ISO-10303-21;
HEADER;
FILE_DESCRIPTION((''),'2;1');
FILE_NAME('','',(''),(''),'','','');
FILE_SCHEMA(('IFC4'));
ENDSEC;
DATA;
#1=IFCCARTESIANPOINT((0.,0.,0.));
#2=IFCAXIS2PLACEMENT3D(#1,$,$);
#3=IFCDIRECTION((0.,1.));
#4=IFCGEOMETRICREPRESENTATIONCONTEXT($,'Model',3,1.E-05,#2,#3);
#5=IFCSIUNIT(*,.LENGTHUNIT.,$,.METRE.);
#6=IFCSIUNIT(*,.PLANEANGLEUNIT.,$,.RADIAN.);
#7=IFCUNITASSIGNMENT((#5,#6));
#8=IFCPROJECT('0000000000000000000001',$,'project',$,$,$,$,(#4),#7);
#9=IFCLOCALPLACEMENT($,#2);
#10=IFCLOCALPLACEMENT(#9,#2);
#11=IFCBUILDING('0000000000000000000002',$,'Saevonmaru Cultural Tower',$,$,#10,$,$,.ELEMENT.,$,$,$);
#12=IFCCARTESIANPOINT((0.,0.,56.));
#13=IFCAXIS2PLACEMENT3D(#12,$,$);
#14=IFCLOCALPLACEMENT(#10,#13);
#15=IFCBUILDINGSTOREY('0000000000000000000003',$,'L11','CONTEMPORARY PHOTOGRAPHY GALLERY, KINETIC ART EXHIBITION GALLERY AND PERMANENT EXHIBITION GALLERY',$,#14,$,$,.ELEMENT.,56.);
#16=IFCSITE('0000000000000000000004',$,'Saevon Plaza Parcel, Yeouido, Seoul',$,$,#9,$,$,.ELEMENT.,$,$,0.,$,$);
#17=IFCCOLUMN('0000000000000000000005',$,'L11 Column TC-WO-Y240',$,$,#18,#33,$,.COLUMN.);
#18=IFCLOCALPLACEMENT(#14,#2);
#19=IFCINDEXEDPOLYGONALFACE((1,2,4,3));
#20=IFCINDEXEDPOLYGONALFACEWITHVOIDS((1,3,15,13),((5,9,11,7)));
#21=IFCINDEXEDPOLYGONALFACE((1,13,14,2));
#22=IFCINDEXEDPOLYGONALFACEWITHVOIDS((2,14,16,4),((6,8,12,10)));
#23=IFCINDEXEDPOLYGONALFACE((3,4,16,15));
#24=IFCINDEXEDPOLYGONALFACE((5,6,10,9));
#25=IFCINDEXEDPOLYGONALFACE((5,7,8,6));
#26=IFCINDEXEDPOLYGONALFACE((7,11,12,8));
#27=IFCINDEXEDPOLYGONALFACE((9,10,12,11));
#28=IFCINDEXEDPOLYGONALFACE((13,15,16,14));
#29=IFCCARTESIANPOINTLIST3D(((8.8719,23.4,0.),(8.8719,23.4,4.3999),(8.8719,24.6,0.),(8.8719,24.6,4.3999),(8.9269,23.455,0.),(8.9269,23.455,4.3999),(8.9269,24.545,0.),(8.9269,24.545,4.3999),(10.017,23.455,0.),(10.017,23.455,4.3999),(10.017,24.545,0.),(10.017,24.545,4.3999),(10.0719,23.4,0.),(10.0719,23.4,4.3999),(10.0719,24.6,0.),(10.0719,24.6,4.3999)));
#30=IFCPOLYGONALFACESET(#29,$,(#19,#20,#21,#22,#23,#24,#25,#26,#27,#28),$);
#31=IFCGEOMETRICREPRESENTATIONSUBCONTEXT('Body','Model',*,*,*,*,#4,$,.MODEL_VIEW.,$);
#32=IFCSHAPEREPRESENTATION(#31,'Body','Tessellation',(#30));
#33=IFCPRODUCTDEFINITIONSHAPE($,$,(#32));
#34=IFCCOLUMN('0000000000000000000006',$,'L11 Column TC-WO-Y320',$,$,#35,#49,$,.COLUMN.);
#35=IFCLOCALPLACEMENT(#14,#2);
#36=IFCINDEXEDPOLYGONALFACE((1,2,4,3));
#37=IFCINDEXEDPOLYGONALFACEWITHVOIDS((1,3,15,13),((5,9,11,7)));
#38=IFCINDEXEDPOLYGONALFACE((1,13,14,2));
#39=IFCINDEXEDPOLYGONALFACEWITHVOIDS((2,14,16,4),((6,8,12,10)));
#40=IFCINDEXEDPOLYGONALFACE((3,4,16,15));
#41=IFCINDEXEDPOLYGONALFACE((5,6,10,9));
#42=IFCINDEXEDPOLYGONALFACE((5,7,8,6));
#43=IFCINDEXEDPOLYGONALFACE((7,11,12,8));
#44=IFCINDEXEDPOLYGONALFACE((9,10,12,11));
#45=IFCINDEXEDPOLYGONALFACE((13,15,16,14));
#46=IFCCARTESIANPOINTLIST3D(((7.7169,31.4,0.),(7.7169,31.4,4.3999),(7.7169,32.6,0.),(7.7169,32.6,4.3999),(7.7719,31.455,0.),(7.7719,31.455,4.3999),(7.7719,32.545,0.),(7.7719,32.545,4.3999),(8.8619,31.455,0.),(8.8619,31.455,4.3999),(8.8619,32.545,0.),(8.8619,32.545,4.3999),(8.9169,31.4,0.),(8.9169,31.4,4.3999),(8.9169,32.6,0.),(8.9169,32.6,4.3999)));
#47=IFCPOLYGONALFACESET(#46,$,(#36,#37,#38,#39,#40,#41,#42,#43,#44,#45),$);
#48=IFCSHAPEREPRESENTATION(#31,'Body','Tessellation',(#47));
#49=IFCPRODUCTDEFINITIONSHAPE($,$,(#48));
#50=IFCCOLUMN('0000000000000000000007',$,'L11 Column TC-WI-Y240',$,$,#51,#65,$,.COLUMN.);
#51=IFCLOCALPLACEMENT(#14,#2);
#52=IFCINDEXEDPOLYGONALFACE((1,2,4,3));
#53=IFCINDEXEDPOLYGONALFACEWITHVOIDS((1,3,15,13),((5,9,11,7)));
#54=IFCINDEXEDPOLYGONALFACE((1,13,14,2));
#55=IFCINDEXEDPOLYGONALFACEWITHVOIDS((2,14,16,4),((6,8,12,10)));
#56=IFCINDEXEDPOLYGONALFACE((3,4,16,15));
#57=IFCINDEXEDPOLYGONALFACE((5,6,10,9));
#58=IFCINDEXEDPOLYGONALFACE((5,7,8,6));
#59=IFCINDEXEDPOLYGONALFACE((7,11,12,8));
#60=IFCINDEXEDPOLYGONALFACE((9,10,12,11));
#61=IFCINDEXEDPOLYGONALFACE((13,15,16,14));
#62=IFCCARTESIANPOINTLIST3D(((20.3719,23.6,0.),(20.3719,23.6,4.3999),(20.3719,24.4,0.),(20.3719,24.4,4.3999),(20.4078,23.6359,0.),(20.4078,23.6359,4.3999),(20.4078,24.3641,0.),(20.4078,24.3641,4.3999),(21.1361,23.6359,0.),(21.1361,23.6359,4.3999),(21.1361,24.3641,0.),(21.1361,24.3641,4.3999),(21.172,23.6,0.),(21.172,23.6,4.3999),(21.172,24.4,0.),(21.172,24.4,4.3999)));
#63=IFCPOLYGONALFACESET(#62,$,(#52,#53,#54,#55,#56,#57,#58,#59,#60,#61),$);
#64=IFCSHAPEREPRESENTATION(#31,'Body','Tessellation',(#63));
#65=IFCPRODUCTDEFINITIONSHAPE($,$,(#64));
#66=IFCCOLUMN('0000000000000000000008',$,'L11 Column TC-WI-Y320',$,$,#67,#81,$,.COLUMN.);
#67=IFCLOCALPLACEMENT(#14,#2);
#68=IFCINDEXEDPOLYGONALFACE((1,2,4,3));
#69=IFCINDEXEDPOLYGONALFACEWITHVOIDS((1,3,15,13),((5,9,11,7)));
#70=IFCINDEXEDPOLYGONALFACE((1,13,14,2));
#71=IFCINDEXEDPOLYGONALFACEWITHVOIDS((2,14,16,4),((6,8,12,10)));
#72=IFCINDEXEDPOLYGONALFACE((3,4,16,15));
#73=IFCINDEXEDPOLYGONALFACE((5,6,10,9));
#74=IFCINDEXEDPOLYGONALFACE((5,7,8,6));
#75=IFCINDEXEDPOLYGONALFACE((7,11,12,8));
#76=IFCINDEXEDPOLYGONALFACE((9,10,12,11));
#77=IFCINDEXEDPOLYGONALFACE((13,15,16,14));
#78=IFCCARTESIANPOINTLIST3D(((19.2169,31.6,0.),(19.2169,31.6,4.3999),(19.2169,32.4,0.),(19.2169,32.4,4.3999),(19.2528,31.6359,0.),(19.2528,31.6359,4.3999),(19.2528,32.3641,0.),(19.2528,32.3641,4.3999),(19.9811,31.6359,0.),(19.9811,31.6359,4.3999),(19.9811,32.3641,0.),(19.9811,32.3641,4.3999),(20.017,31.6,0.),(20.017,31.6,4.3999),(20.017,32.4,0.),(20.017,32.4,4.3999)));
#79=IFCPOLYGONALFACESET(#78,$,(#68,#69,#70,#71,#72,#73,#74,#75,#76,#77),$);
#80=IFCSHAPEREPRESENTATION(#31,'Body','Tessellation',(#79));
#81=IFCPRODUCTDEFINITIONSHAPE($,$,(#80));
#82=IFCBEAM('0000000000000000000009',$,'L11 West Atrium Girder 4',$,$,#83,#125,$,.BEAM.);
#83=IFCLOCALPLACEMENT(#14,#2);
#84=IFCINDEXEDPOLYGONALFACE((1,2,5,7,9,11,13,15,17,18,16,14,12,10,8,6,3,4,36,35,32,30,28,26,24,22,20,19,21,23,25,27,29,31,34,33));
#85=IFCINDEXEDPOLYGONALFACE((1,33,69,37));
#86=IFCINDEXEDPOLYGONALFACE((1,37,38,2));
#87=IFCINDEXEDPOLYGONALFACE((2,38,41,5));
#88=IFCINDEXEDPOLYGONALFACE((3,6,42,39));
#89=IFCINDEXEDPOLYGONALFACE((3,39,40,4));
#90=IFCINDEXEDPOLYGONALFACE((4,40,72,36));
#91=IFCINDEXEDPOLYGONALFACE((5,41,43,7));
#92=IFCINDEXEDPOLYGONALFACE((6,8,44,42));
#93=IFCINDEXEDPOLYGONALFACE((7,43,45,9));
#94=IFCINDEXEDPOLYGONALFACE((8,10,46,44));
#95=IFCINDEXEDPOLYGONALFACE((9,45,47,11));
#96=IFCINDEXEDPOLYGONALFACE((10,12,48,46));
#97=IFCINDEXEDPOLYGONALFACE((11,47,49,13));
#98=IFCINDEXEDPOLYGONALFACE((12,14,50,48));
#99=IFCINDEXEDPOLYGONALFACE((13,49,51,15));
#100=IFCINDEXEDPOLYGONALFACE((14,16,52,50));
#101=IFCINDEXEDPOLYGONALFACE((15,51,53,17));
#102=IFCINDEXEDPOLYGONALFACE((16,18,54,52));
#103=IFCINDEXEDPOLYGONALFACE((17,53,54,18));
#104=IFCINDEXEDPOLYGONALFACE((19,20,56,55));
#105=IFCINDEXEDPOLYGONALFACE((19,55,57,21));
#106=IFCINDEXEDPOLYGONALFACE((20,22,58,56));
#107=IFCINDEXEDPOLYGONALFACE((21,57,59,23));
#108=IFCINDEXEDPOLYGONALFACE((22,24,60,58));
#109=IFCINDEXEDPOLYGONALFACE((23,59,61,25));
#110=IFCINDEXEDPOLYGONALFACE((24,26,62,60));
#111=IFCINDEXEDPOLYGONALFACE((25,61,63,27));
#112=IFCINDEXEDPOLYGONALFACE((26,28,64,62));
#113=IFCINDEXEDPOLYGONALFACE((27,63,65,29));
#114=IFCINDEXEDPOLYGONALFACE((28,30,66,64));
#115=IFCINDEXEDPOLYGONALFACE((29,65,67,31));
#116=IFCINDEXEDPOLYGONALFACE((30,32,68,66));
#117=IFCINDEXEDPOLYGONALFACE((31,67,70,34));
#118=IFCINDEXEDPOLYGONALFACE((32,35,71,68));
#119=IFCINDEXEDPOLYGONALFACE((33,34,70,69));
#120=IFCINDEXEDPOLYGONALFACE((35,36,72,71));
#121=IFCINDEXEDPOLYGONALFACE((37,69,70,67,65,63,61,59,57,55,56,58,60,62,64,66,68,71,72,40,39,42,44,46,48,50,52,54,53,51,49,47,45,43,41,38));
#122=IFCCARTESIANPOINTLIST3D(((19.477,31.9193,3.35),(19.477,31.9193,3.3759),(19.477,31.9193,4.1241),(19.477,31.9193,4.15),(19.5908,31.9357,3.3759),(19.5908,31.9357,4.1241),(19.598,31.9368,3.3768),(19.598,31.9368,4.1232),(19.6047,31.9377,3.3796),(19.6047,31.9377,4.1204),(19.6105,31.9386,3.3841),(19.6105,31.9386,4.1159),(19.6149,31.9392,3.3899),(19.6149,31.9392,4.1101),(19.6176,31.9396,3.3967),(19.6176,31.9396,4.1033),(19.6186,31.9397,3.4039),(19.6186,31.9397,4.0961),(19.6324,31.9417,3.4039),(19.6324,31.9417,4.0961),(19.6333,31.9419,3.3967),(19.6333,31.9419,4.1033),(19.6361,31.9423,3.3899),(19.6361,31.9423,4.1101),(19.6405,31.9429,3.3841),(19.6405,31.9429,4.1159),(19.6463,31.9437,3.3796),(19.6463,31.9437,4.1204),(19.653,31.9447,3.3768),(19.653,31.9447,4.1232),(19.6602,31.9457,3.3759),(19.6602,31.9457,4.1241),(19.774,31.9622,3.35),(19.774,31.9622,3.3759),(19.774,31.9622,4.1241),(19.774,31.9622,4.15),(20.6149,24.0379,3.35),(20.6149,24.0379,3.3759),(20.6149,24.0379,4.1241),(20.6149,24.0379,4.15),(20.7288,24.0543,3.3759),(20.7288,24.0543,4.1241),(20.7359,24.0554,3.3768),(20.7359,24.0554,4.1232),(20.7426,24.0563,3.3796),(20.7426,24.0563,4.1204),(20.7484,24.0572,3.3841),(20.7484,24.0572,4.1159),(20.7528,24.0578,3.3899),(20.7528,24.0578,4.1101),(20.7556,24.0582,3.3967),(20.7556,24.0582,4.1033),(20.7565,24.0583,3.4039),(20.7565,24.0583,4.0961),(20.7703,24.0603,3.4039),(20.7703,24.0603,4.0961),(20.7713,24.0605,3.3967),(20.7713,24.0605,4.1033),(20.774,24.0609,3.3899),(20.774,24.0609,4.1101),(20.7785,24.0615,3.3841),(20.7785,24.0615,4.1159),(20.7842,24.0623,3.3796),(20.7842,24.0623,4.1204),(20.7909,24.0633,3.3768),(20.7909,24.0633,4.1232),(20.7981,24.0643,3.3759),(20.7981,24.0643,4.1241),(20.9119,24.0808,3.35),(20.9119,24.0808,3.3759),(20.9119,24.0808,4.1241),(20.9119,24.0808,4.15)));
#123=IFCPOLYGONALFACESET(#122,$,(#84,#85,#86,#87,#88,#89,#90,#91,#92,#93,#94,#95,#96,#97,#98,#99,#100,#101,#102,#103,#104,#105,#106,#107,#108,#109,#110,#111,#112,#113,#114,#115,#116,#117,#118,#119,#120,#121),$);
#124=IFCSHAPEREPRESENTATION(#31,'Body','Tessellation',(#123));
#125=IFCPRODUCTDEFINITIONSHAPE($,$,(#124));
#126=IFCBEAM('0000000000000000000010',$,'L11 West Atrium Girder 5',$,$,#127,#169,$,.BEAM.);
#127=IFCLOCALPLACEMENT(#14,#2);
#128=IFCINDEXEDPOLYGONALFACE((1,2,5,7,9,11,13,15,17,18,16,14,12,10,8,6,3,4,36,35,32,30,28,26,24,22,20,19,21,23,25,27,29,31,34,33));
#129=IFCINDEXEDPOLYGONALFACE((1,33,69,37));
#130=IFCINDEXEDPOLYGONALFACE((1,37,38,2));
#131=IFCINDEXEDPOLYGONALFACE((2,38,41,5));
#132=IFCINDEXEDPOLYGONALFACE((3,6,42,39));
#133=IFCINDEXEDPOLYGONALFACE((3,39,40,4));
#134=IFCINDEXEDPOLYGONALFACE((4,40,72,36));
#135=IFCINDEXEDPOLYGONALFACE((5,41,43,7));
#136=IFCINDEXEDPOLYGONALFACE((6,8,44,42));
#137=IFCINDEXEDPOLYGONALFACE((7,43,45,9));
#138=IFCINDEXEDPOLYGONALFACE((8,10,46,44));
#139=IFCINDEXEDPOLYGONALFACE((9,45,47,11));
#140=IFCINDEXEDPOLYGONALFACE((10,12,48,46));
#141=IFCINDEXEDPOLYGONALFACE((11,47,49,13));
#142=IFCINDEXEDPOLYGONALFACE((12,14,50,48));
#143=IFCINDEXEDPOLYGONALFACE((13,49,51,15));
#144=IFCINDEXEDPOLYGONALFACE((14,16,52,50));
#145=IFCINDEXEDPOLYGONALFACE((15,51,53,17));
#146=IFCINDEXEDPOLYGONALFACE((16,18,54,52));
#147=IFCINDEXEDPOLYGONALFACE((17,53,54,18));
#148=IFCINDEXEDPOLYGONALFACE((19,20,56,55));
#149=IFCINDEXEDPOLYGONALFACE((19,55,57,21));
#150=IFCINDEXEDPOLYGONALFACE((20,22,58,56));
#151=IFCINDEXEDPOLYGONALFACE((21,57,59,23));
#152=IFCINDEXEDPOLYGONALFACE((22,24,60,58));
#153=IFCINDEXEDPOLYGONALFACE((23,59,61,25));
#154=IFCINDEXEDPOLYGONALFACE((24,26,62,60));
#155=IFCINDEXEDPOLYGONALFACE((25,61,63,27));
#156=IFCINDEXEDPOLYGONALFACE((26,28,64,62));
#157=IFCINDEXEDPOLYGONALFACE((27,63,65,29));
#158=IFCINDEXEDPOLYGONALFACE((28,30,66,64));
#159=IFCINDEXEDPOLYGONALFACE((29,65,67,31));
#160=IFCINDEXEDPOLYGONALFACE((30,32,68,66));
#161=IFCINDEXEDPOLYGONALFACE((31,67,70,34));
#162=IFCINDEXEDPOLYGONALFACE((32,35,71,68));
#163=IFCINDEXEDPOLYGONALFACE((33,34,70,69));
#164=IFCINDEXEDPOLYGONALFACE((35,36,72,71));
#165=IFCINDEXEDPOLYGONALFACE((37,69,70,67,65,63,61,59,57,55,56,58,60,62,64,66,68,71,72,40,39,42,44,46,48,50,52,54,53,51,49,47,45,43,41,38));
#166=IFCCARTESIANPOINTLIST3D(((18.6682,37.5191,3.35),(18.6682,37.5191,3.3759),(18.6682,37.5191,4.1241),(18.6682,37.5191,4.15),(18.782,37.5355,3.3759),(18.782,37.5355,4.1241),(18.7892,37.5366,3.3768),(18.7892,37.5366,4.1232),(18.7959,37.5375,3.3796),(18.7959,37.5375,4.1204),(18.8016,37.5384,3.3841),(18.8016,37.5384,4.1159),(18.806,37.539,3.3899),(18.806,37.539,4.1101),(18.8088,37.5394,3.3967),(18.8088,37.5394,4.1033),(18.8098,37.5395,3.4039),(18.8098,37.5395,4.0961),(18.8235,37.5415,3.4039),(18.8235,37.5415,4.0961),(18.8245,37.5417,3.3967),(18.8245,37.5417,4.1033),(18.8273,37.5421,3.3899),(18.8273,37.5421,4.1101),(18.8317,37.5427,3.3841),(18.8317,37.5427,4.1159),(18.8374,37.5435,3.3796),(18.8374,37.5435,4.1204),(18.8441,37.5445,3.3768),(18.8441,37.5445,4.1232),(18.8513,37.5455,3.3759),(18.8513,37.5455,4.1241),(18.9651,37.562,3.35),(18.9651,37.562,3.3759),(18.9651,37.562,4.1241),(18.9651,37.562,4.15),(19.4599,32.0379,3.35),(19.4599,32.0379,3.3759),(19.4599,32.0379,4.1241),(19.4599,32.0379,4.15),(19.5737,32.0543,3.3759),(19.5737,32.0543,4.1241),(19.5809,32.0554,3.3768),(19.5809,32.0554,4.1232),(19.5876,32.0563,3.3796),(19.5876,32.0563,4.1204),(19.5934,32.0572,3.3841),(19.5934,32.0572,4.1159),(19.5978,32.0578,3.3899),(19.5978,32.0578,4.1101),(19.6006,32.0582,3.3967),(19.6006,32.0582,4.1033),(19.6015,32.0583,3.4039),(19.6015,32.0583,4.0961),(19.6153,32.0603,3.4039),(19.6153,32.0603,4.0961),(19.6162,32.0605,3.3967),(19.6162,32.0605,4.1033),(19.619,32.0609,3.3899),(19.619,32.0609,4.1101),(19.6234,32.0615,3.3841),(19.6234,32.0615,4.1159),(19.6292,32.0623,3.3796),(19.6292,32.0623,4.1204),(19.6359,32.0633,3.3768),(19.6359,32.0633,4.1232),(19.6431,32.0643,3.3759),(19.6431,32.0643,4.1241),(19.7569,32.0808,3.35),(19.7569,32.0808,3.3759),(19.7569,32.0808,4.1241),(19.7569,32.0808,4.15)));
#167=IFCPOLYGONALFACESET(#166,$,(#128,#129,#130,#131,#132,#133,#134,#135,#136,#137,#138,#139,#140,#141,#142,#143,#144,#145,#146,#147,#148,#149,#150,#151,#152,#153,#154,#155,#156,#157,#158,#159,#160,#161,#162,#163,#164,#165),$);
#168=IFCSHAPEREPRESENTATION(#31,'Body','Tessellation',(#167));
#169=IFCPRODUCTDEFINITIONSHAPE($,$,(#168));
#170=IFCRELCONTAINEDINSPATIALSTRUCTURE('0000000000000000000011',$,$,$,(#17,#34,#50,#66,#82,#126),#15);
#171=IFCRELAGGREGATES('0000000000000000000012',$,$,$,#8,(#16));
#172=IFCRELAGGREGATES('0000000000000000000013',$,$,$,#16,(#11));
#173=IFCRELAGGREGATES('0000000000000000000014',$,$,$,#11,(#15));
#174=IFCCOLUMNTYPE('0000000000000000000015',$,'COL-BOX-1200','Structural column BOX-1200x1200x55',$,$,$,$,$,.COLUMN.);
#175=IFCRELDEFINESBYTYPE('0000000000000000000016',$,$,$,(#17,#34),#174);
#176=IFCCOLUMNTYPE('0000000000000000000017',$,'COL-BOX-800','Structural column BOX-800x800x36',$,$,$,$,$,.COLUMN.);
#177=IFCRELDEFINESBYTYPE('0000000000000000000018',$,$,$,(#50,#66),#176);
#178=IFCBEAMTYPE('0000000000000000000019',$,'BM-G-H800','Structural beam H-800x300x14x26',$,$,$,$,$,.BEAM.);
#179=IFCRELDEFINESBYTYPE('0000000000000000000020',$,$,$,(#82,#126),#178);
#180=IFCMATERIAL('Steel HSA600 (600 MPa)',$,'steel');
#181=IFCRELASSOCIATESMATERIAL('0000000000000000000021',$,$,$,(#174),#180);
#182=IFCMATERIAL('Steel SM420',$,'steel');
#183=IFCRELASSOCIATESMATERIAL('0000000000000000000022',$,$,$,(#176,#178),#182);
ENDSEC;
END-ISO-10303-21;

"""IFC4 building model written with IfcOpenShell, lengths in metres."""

from ifc_helpers import new_model, si_unit, direction, frame, origin, origin_2d, place, context, subcontext, project, spatial, hollow_rectangle, i_section, extrude, material, material_profile, profile_set, type_object, element, save


model = new_model("IFC4")

# Units and contexts
model_context = context("Model", 3, precision=1e-05, world=origin(), true_north=direction((0.0, 1.0)))
body_context = subcontext(model_context, "Body", "Model", "MODEL_VIEW")
ifc_project = project(units=[si_unit("LENGTHUNIT", "METRE"), si_unit("PLANEANGLEUNIT", "RADIAN")], contexts=[model_context])

# Site, building, storey
site_placement = place(None, origin())
site = spatial("IfcSite", under=ifc_project, at=site_placement, Name="Saevon Plaza Parcel, Yeouido, Seoul", CompositionType="ELEMENT", RefElevation=0.0)
building_placement = place(site_placement, origin())
building = spatial("IfcBuilding", under=site, at=building_placement, Name="Saevonmaru Cultural Tower", CompositionType="ELEMENT")
storey_placement = place(building_placement, frame((0.0, 0.0, 56.0)))
storey = spatial("IfcBuildingStorey", under=building, at=storey_placement, Name="L11", Description="CONTEMPORARY PHOTOGRAPHY GALLERY, KINETIC ART EXHIBITION GALLERY AND PERMANENT EXHIBITION GALLERY", CompositionType="ELEMENT", Elevation=56.0)

# Columns
ifc_material_1 = material(Name="Steel HSA600 (600 MPa)", Category="steel")
ifc_material_profile_1 = material_profile(ifc_material_1, hollow_rectangle(XDim=1.2, YDim=1.2, WallThickness=0.0549, at=origin_2d()), Name="BOX-1200x1200x55")
ifc_profile_set_1 = profile_set([ifc_material_profile_1], Name="Steel HSA600 (600 MPa)")
column_type_1 = type_object("IfcColumnType", Name="COL-BOX-1200", Description="Structural column BOX-1200x1200x55", PredefinedType="COLUMN", material=ifc_profile_set_1)
for number, where, z_axis, x_axis, name in (
    (1, (9.4719, 24.0, 0.0), (0.0, 0.0, 1.0), (1.0, 0.0, 0.0), "L11 Column TC-WO-Y240"),
    (2, (8.3169, 32.0, 0.0), (0.0, 0.0, 1.0), (1.0, 0.0, 0.0), "L11 Column TC-WO-Y320"),
):
    element("IfcColumn", number, at=place(storey_placement, frame(where, z_axis=z_axis, x_axis=x_axis)), inside=storey, type_object=column_type_1, Name=name, PredefinedType="COLUMN", context=body_context, shape_type="SweptSolid", body=[
        extrude(hollow_rectangle(XDim=1.2, YDim=1.2, WallThickness=0.0549, at=origin_2d()), origin(), (0.0, 0.0, 1.0), 4.3999),
    ])
ifc_material_2 = material(Name="Steel SM420", Category="steel")
ifc_material_profile_2 = material_profile(ifc_material_2, hollow_rectangle(XDim=0.8, YDim=0.8, WallThickness=0.0359, at=origin_2d()), Name="BOX-800x800x36")
ifc_profile_set_2 = profile_set([ifc_material_profile_2], Name="Steel SM420")
column_type_2 = type_object("IfcColumnType", Name="COL-BOX-800", Description="Structural column BOX-800x800x36", PredefinedType="COLUMN", material=ifc_profile_set_2)
for number, where, z_axis, x_axis, name in (
    (3, (20.772, 24.0, 0.0), (0.0, 0.0, 1.0), (1.0, 0.0, 0.0), "L11 Column TC-WI-Y240"),
    (4, (19.6169, 32.0, 0.0), (0.0, 0.0, 1.0), (1.0, 0.0, 0.0), "L11 Column TC-WI-Y320"),
):
    element("IfcColumn", number, at=place(storey_placement, frame(where, z_axis=z_axis, x_axis=x_axis)), inside=storey, type_object=column_type_2, Name=name, PredefinedType="COLUMN", context=body_context, shape_type="SweptSolid", body=[
        extrude(hollow_rectangle(XDim=0.8, YDim=0.8, WallThickness=0.0359, at=origin_2d()), origin(), (0.0, 0.0, 1.0), 4.3999),
    ])

# Beams
ifc_material_profile_3 = material_profile(ifc_material_2, i_section(OverallWidth=0.3, OverallDepth=0.8, WebThickness=0.0139, FlangeThickness=0.0259, FilletRadius=0.0281, at=origin_2d()), Name="H-800x300x14x26")
ifc_profile_set_3 = profile_set([ifc_material_profile_3], Name="Steel SM420")
beam_type_1 = type_object("IfcBeamType", Name="BM-G-H800", Description="Structural beam H-800x300x14x26", PredefinedType="BEAM", material=ifc_profile_set_3)
beam_1_placement = place(storey_placement, frame((20.7634, 24.0593, 3.75), z_axis=(-0.142902, 0.989737, 0.0), x_axis=(-0.989737, -0.142902, 0.0)))
element("IfcBeam", 5, at=beam_1_placement, inside=storey, type_object=beam_type_1, Name="L11 West Atrium Girder 4", PredefinedType="BEAM", context=body_context, shape_type="SweptSolid", body=[
    extrude(i_section(OverallWidth=0.3, OverallDepth=0.8, WebThickness=0.0139, FlangeThickness=0.0259, FilletRadius=0.0281, at=origin_2d()), origin(), (0.0, 0.0, 1.0), 7.9631),
])
beam_2_placement = place(storey_placement, frame((19.6084, 32.0593, 3.75), z_axis=(-0.142964, 0.989728, 0.0), x_axis=(-0.989728, -0.142964, 0.0)))
element("IfcBeam", 6, at=beam_2_placement, inside=storey, type_object=beam_type_1, Name="L11 West Atrium Girder 5", PredefinedType="BEAM", context=body_context, shape_type="SweptSolid", body=[
    extrude(i_section(OverallWidth=0.3, OverallDepth=0.8, WebThickness=0.0139, FlangeThickness=0.0259, FilletRadius=0.0281, at=origin_2d()), origin(), (0.0, 0.0, 1.0), 5.5381),
])

save(model, "model.ifc")
